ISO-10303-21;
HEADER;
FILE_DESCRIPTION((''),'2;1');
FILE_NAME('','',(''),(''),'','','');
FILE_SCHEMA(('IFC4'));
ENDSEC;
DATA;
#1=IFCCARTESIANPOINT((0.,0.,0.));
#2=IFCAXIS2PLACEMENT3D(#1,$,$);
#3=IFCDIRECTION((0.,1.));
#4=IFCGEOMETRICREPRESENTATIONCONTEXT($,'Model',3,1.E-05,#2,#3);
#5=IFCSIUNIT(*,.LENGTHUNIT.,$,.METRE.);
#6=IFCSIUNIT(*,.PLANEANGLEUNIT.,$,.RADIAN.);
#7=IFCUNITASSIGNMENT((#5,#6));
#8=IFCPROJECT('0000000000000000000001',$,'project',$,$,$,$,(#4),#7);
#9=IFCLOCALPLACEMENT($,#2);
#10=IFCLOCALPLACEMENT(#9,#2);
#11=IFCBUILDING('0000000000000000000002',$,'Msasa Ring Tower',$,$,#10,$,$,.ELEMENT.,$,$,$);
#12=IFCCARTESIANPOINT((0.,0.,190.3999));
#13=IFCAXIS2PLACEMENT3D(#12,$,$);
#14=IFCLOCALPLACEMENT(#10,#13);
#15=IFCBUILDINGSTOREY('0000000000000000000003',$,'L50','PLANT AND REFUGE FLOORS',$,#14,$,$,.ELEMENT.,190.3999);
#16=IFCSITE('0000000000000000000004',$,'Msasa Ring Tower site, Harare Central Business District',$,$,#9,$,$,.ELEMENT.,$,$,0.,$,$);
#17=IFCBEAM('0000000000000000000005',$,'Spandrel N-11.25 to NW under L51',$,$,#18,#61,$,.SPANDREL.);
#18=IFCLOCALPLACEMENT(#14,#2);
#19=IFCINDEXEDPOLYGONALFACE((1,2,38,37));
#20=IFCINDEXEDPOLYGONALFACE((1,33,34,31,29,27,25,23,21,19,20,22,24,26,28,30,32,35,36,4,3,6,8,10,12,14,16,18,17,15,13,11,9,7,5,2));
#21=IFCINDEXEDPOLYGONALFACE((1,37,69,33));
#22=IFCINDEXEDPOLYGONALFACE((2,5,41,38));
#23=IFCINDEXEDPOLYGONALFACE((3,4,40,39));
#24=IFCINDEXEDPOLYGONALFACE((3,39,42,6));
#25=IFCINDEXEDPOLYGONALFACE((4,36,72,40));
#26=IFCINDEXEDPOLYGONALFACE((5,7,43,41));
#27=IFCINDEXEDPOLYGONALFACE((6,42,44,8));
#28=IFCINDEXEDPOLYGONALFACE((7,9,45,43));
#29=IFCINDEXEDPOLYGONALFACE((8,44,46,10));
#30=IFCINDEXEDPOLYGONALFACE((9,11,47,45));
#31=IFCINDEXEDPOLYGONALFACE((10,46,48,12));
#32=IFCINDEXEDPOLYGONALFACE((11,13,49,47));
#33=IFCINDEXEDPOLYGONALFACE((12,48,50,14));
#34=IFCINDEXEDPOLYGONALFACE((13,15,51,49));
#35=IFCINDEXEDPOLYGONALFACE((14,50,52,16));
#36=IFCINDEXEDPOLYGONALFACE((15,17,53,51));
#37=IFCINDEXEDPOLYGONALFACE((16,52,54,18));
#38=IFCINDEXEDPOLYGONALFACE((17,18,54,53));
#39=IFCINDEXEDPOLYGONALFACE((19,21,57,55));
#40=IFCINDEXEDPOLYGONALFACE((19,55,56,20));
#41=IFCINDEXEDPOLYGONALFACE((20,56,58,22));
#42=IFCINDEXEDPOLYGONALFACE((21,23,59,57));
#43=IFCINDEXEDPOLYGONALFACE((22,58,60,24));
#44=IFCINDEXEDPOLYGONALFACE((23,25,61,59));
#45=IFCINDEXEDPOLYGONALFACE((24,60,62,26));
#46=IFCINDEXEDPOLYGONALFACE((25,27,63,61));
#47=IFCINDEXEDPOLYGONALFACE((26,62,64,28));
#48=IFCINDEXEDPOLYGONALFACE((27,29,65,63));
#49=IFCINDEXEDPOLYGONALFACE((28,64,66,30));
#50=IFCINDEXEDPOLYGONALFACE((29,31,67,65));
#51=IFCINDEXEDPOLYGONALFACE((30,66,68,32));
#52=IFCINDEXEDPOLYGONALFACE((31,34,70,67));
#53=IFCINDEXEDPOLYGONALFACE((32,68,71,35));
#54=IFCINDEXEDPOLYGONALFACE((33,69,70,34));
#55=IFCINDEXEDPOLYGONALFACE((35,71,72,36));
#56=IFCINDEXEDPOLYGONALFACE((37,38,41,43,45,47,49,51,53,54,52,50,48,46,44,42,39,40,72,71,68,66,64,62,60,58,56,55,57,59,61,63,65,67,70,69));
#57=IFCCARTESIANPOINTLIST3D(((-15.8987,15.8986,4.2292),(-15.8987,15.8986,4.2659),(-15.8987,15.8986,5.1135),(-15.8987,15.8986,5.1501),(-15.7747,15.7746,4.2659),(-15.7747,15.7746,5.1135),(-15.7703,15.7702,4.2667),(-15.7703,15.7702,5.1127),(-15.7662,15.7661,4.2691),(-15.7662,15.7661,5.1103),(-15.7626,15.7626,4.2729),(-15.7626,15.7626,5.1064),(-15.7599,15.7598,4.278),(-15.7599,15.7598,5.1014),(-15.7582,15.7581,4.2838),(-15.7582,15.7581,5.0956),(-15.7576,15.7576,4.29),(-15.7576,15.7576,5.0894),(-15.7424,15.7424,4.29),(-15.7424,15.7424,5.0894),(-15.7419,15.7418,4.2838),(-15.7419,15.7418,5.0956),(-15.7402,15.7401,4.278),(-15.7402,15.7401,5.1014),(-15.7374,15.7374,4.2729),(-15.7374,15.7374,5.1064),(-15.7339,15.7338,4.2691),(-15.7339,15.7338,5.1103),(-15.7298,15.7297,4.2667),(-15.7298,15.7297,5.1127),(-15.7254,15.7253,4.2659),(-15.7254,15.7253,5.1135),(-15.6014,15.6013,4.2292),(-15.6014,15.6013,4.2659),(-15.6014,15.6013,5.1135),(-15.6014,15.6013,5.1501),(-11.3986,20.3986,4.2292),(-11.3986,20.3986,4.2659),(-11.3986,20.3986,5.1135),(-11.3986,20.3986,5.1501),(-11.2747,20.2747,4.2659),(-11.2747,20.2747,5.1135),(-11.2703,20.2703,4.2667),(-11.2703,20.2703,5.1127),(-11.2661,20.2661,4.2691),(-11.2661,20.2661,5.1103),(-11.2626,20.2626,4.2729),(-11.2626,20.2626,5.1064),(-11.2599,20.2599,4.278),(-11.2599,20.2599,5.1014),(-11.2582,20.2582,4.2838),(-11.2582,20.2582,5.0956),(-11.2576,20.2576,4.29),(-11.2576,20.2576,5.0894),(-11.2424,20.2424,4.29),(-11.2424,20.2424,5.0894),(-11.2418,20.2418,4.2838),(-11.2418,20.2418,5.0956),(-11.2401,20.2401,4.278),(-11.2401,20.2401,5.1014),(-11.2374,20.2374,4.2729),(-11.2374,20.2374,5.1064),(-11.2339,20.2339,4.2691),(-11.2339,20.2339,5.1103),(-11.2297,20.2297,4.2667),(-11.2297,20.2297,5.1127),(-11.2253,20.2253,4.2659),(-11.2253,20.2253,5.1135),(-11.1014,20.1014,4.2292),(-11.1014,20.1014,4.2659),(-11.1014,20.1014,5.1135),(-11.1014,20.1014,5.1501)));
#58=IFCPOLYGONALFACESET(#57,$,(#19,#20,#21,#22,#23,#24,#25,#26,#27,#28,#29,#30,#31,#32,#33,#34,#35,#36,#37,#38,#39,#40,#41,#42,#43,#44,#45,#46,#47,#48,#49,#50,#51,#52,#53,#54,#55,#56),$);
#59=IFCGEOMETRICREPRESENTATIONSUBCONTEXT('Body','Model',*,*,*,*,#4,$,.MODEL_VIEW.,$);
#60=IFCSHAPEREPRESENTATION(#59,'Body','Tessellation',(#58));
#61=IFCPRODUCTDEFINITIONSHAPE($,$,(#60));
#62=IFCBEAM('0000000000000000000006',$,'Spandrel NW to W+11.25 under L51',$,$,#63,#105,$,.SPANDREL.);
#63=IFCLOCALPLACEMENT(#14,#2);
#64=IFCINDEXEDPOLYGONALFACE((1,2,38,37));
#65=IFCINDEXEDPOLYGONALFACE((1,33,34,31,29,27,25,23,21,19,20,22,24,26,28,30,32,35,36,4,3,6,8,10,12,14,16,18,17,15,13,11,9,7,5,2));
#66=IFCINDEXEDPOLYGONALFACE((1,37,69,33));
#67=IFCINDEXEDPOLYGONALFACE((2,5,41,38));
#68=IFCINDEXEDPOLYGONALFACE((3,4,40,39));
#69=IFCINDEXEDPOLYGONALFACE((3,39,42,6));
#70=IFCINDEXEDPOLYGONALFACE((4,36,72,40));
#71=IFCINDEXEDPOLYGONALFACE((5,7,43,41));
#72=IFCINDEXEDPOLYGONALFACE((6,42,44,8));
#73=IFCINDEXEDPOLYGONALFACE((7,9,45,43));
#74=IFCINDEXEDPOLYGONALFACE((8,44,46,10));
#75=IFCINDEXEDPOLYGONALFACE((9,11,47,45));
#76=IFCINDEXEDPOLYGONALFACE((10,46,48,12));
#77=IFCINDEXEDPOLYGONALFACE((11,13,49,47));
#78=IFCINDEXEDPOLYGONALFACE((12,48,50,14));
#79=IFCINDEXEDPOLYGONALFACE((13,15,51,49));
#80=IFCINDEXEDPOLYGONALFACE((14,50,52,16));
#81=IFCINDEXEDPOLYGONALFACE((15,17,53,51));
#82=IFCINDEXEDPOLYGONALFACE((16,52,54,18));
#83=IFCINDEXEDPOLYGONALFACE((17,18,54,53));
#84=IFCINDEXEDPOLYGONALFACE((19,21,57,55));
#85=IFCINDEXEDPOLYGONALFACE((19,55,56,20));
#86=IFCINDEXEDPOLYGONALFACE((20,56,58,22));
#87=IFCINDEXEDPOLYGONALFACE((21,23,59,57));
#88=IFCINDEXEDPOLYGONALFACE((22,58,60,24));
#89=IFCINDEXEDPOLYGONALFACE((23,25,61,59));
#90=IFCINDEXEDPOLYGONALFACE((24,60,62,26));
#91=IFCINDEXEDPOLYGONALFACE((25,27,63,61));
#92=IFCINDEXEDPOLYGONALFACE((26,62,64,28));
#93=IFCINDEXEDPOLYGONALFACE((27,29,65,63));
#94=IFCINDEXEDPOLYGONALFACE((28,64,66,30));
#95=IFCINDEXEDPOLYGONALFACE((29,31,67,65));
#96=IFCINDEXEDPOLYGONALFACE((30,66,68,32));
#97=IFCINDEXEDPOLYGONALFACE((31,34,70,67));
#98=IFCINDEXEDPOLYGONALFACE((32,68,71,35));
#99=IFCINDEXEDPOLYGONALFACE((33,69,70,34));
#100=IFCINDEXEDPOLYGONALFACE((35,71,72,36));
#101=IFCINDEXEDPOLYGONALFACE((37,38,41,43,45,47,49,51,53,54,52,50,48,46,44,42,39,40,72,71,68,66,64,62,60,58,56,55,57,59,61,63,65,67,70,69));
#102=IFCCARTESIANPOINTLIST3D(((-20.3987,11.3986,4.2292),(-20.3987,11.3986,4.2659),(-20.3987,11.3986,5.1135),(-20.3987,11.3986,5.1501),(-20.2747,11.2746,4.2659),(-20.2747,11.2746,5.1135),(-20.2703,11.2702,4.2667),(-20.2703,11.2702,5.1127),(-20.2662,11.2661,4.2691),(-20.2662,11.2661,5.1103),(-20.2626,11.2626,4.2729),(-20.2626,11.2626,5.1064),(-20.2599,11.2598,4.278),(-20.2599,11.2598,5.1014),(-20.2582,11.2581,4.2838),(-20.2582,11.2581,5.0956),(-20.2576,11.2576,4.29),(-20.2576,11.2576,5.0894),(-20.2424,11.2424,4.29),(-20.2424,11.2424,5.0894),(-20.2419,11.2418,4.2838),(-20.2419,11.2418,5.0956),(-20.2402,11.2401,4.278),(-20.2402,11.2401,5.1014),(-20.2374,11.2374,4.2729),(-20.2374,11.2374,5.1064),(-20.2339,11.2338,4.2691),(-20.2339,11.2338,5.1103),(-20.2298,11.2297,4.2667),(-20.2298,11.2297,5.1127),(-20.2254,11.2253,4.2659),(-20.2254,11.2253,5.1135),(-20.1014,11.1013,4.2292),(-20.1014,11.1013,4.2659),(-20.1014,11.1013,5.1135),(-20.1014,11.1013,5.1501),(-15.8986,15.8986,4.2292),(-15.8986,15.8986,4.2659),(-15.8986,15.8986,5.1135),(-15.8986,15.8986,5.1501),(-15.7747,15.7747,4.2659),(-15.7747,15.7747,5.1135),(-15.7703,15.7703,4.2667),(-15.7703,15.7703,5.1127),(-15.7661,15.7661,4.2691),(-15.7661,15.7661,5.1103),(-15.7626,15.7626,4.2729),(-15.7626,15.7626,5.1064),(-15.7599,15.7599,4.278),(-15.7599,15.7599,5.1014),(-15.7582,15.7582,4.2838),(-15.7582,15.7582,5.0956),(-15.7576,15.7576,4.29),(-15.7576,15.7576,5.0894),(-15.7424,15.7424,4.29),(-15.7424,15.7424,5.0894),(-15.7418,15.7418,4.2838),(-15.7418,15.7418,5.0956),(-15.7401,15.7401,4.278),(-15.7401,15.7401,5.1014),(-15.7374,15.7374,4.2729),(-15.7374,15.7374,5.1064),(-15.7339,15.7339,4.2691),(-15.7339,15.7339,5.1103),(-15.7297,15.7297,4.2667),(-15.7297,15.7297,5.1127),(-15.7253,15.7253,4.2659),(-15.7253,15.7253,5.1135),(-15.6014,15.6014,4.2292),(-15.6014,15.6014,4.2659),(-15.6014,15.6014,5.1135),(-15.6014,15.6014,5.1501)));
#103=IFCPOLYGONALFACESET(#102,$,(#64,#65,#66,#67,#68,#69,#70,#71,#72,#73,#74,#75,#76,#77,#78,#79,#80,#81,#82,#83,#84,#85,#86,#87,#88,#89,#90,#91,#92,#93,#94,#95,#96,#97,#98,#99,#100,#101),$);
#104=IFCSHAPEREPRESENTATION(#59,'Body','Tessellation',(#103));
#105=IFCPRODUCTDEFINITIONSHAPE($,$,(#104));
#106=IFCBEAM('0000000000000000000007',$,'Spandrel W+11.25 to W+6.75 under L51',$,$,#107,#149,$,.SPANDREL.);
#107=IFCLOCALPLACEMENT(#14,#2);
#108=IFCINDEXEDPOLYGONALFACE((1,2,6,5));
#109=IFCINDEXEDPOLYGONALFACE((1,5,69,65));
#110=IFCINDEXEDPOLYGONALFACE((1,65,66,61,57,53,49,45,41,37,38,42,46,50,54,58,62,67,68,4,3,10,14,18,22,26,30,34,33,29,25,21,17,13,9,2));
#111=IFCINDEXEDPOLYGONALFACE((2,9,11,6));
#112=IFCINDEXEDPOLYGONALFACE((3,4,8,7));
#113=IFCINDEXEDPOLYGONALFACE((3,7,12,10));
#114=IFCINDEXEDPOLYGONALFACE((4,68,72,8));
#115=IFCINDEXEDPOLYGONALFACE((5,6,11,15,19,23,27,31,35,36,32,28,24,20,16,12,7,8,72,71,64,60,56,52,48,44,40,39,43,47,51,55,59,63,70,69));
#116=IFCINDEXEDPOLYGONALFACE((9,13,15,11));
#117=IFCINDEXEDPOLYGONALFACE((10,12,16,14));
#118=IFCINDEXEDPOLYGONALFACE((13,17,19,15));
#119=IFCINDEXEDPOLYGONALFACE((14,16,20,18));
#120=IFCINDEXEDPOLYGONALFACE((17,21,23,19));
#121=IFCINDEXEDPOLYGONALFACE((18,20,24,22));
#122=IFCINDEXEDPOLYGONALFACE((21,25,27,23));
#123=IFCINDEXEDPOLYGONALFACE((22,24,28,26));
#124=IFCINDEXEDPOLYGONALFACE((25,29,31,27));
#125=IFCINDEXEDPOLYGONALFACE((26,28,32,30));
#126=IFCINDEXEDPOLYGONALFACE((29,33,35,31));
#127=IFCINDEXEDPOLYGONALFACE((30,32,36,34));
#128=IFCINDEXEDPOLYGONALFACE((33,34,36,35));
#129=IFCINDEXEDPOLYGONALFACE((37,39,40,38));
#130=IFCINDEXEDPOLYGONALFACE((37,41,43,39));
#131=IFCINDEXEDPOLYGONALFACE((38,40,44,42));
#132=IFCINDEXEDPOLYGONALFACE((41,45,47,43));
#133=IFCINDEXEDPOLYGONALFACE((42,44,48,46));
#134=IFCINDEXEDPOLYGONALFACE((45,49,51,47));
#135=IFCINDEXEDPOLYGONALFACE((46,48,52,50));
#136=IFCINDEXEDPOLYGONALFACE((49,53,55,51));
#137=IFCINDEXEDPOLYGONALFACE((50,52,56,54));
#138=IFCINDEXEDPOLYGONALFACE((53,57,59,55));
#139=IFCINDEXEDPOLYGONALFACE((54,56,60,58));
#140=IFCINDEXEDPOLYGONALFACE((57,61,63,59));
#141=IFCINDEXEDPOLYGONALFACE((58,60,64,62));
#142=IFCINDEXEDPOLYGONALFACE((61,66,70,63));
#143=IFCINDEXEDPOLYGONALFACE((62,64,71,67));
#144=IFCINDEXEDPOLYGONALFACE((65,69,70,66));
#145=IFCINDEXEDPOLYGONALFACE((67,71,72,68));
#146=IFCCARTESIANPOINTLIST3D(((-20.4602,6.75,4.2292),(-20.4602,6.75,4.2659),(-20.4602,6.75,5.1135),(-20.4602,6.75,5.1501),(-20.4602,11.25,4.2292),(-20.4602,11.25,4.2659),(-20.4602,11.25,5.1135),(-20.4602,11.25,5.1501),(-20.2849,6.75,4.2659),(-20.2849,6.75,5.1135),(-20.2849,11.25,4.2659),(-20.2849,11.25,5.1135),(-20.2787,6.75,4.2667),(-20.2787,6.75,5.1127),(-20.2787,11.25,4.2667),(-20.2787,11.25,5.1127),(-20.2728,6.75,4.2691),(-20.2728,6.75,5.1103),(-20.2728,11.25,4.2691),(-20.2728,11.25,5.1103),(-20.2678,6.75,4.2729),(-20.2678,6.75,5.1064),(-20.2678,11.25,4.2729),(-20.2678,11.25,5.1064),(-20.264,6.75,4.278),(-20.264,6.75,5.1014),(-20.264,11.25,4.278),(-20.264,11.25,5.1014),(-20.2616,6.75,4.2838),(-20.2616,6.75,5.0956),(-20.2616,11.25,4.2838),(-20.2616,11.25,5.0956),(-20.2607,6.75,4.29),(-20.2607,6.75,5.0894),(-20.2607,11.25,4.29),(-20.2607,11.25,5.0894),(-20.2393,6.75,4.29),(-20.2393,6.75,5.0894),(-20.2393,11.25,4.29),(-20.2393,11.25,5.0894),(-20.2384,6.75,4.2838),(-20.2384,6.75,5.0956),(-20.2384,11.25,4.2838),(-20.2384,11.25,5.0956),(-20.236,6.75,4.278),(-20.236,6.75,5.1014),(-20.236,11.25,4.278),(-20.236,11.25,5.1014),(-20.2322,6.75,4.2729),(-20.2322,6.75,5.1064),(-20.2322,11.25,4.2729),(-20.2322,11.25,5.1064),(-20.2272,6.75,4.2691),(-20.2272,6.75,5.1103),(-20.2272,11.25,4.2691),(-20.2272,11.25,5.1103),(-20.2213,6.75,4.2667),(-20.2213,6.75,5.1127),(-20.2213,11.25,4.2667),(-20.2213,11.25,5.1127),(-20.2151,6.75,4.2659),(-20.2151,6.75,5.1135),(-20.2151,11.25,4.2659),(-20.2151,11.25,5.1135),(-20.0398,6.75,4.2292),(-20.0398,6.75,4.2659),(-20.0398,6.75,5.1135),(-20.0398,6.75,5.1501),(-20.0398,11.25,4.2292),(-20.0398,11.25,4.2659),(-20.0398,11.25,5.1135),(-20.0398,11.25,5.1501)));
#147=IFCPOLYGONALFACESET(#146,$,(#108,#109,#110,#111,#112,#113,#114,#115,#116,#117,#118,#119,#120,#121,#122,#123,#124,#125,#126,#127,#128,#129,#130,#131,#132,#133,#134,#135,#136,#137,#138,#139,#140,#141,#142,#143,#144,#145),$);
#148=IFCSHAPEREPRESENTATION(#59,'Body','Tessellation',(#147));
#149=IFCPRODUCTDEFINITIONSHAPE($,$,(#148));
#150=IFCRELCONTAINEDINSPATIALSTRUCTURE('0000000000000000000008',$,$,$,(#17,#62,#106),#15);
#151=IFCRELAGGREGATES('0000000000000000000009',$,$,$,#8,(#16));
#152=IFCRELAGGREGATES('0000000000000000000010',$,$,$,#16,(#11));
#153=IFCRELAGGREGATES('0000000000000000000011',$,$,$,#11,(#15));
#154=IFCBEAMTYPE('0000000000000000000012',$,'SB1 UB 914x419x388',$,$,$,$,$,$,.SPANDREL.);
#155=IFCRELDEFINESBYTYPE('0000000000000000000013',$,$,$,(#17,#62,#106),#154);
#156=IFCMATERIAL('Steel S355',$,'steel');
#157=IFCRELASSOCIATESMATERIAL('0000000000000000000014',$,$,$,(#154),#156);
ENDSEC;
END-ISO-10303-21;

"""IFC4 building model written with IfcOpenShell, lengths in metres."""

from ifc_helpers import new_model, si_unit, direction, frame, origin, origin_2d, place, context, subcontext, project, spatial, i_section, extrude, material, material_profile, profile_set, type_object, element, save


model = new_model("IFC4")

# Units and contexts
model_context = context("Model", 3, precision=1e-05, world=origin(), true_north=direction((0.0, 1.0)))
body_context = subcontext(model_context, "Body", "Model", "MODEL_VIEW")
ifc_project = project(units=[si_unit("LENGTHUNIT", "METRE"), si_unit("PLANEANGLEUNIT", "RADIAN")], contexts=[model_context])

# Site, building, storey
site_placement = place(None, origin())
site = spatial("IfcSite", under=ifc_project, at=site_placement, Name="Msasa Ring Tower site, Harare Central Business District", CompositionType="ELEMENT", RefElevation=0.0)
building_placement = place(site_placement, origin())
building = spatial("IfcBuilding", under=site, at=building_placement, Name="Msasa Ring Tower", CompositionType="ELEMENT")
storey_placement = place(building_placement, frame((0.0, 0.0, 190.3999)))
storey = spatial("IfcBuildingStorey", under=building, at=storey_placement, Name="L50", Description="PLANT AND REFUGE FLOORS", CompositionType="ELEMENT", Elevation=190.3999)

# Beams
ifc_material_1 = material(Name="Steel S355", Category="steel")
ifc_material_profile_1 = material_profile(ifc_material_1, i_section(OverallWidth=0.4204, OverallDepth=0.9209, WebThickness=0.0215, FlangeThickness=0.0366, FilletRadius=0.0242, at=origin_2d()), Name="UB 914x419x388")
ifc_profile_set_1 = profile_set([ifc_material_profile_1], Name="Steel S355")
beam_type_1 = type_object("IfcBeamType", Name="SB1 UB 914x419x388", PredefinedType="SPANDREL", material=ifc_profile_set_1)
for number, where, z_axis, x_axis, name in (
    (1, (-11.25, 20.25, 4.6897), (-0.707107, -0.707107, 0.0), (0.707107, -0.707107, 0.0), "Spandrel N-11.25 to NW under L51"),
    (2, (-15.75, 15.75, 4.6897), (-0.707107, -0.707107, 0.0), (0.707107, -0.707107, 0.0), "Spandrel NW to W+11.25 under L51"),
):
    element("IfcBeam", number, at=place(storey_placement, frame(where, z_axis=z_axis, x_axis=x_axis)), inside=storey, type_object=beam_type_1, Name=name, PredefinedType="SPANDREL", context=body_context, shape_type="SweptSolid", body=[
        extrude(i_section(OverallWidth=0.4204, OverallDepth=0.9209, WebThickness=0.0215, FlangeThickness=0.0366, FilletRadius=0.0242, at=origin_2d()), origin(), (0.0, 0.0, 1.0), 6.364),
    ])
beam_1_placement = place(storey_placement, frame((-20.25, 11.25, 4.6897), z_axis=(0.0, -1.0, 0.0), x_axis=(1.0, 0.0, 0.0)))
element("IfcBeam", 3, at=beam_1_placement, inside=storey, type_object=beam_type_1, Name="Spandrel W+11.25 to W+6.75 under L51", PredefinedType="SPANDREL", context=body_context, shape_type="SweptSolid", body=[
    extrude(i_section(OverallWidth=0.4204, OverallDepth=0.9209, WebThickness=0.0215, FlangeThickness=0.0366, FilletRadius=0.0242, at=origin_2d()), origin(), (0.0, 0.0, 1.0), 4.5),
])

save(model, "model.ifc")
